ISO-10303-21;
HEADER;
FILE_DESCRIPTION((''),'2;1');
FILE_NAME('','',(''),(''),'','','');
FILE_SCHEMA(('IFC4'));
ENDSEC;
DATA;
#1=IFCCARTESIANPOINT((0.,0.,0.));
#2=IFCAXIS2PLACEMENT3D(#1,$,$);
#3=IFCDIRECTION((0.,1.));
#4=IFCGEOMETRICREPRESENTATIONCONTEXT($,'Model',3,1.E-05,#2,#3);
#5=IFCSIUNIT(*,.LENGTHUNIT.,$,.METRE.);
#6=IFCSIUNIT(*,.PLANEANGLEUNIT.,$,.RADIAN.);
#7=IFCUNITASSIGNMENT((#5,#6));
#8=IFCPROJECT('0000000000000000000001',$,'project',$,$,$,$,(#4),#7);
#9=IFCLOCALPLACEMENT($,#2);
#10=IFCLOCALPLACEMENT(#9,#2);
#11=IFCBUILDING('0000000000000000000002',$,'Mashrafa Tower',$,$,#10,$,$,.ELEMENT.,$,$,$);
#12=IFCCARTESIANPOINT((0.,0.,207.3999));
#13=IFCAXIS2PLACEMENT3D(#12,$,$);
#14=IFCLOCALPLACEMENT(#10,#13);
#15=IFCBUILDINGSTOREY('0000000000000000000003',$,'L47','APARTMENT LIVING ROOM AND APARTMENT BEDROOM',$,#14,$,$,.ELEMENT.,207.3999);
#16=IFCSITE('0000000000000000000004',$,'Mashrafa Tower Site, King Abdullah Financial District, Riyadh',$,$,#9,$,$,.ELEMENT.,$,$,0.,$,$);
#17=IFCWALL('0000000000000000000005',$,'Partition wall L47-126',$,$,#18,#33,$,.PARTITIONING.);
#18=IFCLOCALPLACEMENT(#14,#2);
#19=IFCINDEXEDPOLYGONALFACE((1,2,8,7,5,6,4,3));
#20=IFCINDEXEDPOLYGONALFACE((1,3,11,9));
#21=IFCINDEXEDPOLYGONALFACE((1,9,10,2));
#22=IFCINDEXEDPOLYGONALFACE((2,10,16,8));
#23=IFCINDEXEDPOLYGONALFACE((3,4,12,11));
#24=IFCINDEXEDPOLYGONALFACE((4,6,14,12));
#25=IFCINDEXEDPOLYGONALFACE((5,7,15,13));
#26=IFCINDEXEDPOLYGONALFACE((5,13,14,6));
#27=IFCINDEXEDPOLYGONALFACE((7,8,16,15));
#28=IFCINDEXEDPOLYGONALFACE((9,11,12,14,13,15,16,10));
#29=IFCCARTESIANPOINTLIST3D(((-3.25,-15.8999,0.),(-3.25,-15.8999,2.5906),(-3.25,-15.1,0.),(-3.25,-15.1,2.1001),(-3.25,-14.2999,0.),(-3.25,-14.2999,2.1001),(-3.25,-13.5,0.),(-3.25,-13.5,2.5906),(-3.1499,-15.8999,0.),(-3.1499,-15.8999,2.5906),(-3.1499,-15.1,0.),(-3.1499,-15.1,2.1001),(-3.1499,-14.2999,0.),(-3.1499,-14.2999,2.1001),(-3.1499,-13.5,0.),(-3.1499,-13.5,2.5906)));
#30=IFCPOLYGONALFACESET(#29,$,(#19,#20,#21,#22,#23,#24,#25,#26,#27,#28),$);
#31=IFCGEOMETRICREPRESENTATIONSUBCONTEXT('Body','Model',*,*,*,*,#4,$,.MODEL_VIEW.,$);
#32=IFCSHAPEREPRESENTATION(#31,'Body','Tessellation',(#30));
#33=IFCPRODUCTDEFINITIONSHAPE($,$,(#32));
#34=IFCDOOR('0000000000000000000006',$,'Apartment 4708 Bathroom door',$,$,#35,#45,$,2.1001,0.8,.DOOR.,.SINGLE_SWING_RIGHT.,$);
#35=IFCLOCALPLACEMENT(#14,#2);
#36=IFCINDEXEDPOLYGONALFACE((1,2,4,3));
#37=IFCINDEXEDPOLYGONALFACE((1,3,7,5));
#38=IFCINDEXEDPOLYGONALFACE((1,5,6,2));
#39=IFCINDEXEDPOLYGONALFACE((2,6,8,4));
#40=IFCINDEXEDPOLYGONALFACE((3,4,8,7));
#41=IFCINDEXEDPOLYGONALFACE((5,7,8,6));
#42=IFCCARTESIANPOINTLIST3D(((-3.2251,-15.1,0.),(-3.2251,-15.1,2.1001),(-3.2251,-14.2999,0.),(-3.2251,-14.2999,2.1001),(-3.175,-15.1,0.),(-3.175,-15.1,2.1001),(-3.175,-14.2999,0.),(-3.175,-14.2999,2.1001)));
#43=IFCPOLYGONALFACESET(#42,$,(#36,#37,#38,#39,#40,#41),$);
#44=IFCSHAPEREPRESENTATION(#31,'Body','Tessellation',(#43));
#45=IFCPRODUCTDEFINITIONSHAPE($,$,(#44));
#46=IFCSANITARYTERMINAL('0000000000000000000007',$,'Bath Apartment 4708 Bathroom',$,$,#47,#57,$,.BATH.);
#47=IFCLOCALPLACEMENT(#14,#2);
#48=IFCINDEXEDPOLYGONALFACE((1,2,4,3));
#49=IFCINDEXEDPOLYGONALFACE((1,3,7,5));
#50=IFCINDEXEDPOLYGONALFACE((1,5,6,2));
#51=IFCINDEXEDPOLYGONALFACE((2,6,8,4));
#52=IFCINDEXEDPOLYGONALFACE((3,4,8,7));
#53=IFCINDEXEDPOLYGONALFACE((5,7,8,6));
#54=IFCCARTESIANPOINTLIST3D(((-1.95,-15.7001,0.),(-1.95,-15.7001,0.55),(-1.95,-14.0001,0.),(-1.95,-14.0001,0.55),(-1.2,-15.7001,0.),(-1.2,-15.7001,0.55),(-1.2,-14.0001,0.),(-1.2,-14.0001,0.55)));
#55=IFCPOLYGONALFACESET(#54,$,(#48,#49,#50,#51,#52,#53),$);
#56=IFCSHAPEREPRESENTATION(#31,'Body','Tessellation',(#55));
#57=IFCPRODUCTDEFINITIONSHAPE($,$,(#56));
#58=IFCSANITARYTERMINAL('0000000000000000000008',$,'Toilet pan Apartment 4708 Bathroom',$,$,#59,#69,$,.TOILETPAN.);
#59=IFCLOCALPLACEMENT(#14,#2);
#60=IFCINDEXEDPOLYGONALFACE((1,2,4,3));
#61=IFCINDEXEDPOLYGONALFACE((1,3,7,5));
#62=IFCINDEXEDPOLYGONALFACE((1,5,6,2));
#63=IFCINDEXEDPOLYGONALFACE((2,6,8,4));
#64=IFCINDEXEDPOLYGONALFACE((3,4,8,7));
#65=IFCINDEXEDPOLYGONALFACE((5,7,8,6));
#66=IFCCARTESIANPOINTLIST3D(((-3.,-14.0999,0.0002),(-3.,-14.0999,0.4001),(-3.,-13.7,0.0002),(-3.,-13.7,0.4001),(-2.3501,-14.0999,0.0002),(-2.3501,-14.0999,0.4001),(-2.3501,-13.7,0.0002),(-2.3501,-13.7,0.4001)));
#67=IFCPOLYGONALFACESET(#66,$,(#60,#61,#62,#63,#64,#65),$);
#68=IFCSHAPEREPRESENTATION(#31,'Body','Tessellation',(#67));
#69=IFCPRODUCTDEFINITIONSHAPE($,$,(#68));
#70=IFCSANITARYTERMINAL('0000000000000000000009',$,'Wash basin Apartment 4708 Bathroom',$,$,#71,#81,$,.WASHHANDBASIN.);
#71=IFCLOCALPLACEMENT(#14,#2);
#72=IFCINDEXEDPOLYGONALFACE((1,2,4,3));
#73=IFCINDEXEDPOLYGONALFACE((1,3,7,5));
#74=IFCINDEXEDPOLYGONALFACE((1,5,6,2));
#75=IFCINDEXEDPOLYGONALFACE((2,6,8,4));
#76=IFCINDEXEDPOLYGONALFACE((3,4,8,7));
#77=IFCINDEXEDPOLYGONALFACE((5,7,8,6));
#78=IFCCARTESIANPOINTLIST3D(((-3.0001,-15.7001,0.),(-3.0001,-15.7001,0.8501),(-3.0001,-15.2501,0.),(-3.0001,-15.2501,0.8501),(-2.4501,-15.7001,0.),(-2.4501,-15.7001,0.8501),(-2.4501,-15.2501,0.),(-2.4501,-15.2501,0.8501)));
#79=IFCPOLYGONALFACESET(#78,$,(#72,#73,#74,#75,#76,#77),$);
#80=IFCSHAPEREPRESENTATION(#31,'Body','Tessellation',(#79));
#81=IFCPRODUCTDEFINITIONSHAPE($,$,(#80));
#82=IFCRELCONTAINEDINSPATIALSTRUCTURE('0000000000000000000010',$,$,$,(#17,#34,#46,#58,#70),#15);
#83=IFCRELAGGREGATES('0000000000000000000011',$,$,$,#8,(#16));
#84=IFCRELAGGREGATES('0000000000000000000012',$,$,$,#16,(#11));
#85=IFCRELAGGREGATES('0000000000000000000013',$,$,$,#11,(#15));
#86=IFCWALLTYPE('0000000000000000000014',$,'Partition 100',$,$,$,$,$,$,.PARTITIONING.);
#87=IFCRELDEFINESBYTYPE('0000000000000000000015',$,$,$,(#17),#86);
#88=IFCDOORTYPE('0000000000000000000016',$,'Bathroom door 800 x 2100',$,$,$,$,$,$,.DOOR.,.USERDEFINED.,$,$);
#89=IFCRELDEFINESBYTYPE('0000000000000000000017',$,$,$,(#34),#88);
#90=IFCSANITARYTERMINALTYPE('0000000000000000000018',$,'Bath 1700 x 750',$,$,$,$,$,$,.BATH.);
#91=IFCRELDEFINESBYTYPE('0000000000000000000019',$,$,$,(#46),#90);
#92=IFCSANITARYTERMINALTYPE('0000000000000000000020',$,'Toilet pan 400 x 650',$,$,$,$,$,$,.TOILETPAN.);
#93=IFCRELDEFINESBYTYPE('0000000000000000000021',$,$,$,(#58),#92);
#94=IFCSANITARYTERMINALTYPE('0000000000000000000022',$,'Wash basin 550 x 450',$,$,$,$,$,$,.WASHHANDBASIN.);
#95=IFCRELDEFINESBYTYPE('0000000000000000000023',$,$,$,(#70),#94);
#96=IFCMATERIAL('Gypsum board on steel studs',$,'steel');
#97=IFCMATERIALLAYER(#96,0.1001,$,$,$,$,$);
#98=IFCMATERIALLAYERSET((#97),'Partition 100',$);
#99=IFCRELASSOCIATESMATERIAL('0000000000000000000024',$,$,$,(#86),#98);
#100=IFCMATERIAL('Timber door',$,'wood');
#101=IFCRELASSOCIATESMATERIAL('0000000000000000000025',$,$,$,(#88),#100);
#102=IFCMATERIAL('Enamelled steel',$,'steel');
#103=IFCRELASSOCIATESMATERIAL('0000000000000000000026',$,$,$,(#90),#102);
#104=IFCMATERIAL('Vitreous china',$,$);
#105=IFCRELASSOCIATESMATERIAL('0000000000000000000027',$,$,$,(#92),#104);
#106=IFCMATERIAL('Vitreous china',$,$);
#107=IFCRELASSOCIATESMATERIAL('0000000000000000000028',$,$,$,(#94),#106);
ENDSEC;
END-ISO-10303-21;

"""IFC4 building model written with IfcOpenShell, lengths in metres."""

from ifc_helpers import new_model, si_unit, direction, frame, frame_2d, origin, origin_2d, place, context, subcontext, project, spatial, rectangle, extrude, material, layer, layer_set, type_object, element, fill, save


model = new_model("IFC4")

# Units and contexts
model_context = context("Model", 3, precision=1e-05, world=origin(), true_north=direction((0.0, 1.0)))
body_context = subcontext(model_context, "Body", "Model", "MODEL_VIEW")
ifc_project = project(units=[si_unit("LENGTHUNIT", "METRE"), si_unit("PLANEANGLEUNIT", "RADIAN")], contexts=[model_context])

# Site, building, storey
site_placement = place(None, origin())
site = spatial("IfcSite", under=ifc_project, at=site_placement, Name="Mashrafa Tower Site, King Abdullah Financial District, Riyadh", CompositionType="ELEMENT", RefElevation=0.0)
building_placement = place(site_placement, origin())
building = spatial("IfcBuilding", under=site, at=building_placement, Name="Mashrafa Tower", CompositionType="ELEMENT")
storey_placement = place(building_placement, frame((0.0, 0.0, 207.3999)))
storey = spatial("IfcBuildingStorey", under=building, at=storey_placement, Name="L47", Description="APARTMENT LIVING ROOM AND APARTMENT BEDROOM", CompositionType="ELEMENT", Elevation=207.3999)

# Shared definitions
ifc_material_1 = material(Name="Gypsum board on steel studs", Category="steel")
ifc_layer_1 = layer(ifc_material_1, 0.1001)
ifc_layer_set_1 = layer_set([ifc_layer_1], Name="Partition 100")
wall_type_1 = type_object("IfcWallType", Name="Partition 100", PredefinedType="PARTITIONING", material=ifc_layer_set_1)

# Wall, opening, door
wall_1_placement = place(storey_placement, frame((-3.2, -13.5, 0.0), z_axis=(0.0, 0.0, 1.0), x_axis=(0.0, -1.0, 0.0)))
wall_1 = element("IfcWall", 1, at=wall_1_placement, inside=storey, type_object=wall_type_1, Name="Partition wall L47-126", PredefinedType="PARTITIONING", context=body_context, shape_type="SweptSolid", body=[
    extrude(rectangle(XDim=2.3999, YDim=0.1001, at=frame_2d((1.2, 0.0))), origin(), (0.0, 0.0, 1.0), 2.5906),
])
opening_1_placement = place(wall_1_placement, frame((0.8, 0.0, 0.0)))
opening_1 = element("IfcOpeningElement", 2, at=opening_1_placement, cuts=wall_1, PredefinedType="OPENING", context=body_context, shape_type="SweptSolid", body=[
    extrude(rectangle(XDim=0.8, YDim=2.1001, at=frame_2d((0.3999, 1.05))), frame((0.0, 0.0601, 0.0), z_axis=(0.0, -1.0, 0.0), x_axis=(1.0, 0.0, 0.0)), (0.0, 0.0, 1.0), 0.1201),
])
ifc_material_2 = material(Name="Timber door", Category="wood")
door_type_1 = type_object("IfcDoorType", Name="Bathroom door 800 x 2100", OperationType="USERDEFINED", PredefinedType="DOOR", material=ifc_material_2)
door_1_placement = place(opening_1_placement, origin())
door_1 = element("IfcDoor", 3, at=door_1_placement, inside=storey, type_object=door_type_1, Name="Apartment 4708 Bathroom door", OperationType="SINGLE_SWING_RIGHT", OverallHeight=2.1001, OverallWidth=0.8, PredefinedType="DOOR", context=body_context, shape_type="SweptSolid", body=[
    extrude(rectangle(XDim=0.8, YDim=2.1001, at=frame_2d((0.3999, 1.05))), frame((0.0, 0.0249, 0.0), z_axis=(0.0, -1.0, 0.0), x_axis=(1.0, 0.0, 0.0)), (0.0, 0.0, 1.0), 0.05),
])
fill(opening_1, door_1)

# Sanitary terminals
ifc_material_3 = material(Name="Enamelled steel", Category="steel")
sanitary_terminal_type_1 = type_object("IfcSanitaryTerminalType", Name="Bath 1700 x 750", PredefinedType="BATH", material=ifc_material_3)
sanitary_terminal_1_placement = place(storey_placement, frame((-1.575, -14.8501, 0.0), z_axis=(0.0, 0.0, 1.0), x_axis=(0.0, 1.0, 0.0)))
element("IfcSanitaryTerminal", 4, at=sanitary_terminal_1_placement, inside=storey, type_object=sanitary_terminal_type_1, Name="Bath Apartment 4708 Bathroom", PredefinedType="BATH", context=body_context, shape_type="SweptSolid", body=[
    extrude(rectangle(XDim=1.7, YDim=0.75, at=origin_2d()), origin(), (0.0, 0.0, 1.0), 0.55),
])
ifc_material_4 = material(Name="Vitreous china")
sanitary_terminal_type_2 = type_object("IfcSanitaryTerminalType", Name="Toilet pan 400 x 650", PredefinedType="TOILETPAN", material=ifc_material_4)
sanitary_terminal_2_placement = place(storey_placement, frame((-2.675, -13.8999, 0.0002), z_axis=(0.0, 0.0, 1.0), x_axis=(0.0, -1.0, 0.0)))
element("IfcSanitaryTerminal", 5, at=sanitary_terminal_2_placement, inside=storey, type_object=sanitary_terminal_type_2, Name="Toilet pan Apartment 4708 Bathroom", PredefinedType="TOILETPAN", context=body_context, shape_type="SweptSolid", body=[
    extrude(rectangle(XDim=0.3999, YDim=0.6499, at=origin_2d()), origin(), (0.0, 0.0, 1.0), 0.3999),
])
ifc_material_5 = material(Name="Vitreous china")
sanitary_terminal_type_3 = type_object("IfcSanitaryTerminalType", Name="Wash basin 550 x 450", PredefinedType="WASHHANDBASIN", material=ifc_material_5)
sanitary_terminal_3_placement = place(storey_placement, frame((-2.7251, -15.4751, 0.0), z_axis=(0.0, 0.0, 1.0), x_axis=(1.0, 0.0, 0.0)))
element("IfcSanitaryTerminal", 6, at=sanitary_terminal_3_placement, inside=storey, type_object=sanitary_terminal_type_3, Name="Wash basin Apartment 4708 Bathroom", PredefinedType="WASHHANDBASIN", context=body_context, shape_type="SweptSolid", body=[
    extrude(rectangle(XDim=0.55, YDim=0.45, at=origin_2d()), origin(), (0.0, 0.0, 1.0), 0.8501),
])

save(model, "model.ifc")
